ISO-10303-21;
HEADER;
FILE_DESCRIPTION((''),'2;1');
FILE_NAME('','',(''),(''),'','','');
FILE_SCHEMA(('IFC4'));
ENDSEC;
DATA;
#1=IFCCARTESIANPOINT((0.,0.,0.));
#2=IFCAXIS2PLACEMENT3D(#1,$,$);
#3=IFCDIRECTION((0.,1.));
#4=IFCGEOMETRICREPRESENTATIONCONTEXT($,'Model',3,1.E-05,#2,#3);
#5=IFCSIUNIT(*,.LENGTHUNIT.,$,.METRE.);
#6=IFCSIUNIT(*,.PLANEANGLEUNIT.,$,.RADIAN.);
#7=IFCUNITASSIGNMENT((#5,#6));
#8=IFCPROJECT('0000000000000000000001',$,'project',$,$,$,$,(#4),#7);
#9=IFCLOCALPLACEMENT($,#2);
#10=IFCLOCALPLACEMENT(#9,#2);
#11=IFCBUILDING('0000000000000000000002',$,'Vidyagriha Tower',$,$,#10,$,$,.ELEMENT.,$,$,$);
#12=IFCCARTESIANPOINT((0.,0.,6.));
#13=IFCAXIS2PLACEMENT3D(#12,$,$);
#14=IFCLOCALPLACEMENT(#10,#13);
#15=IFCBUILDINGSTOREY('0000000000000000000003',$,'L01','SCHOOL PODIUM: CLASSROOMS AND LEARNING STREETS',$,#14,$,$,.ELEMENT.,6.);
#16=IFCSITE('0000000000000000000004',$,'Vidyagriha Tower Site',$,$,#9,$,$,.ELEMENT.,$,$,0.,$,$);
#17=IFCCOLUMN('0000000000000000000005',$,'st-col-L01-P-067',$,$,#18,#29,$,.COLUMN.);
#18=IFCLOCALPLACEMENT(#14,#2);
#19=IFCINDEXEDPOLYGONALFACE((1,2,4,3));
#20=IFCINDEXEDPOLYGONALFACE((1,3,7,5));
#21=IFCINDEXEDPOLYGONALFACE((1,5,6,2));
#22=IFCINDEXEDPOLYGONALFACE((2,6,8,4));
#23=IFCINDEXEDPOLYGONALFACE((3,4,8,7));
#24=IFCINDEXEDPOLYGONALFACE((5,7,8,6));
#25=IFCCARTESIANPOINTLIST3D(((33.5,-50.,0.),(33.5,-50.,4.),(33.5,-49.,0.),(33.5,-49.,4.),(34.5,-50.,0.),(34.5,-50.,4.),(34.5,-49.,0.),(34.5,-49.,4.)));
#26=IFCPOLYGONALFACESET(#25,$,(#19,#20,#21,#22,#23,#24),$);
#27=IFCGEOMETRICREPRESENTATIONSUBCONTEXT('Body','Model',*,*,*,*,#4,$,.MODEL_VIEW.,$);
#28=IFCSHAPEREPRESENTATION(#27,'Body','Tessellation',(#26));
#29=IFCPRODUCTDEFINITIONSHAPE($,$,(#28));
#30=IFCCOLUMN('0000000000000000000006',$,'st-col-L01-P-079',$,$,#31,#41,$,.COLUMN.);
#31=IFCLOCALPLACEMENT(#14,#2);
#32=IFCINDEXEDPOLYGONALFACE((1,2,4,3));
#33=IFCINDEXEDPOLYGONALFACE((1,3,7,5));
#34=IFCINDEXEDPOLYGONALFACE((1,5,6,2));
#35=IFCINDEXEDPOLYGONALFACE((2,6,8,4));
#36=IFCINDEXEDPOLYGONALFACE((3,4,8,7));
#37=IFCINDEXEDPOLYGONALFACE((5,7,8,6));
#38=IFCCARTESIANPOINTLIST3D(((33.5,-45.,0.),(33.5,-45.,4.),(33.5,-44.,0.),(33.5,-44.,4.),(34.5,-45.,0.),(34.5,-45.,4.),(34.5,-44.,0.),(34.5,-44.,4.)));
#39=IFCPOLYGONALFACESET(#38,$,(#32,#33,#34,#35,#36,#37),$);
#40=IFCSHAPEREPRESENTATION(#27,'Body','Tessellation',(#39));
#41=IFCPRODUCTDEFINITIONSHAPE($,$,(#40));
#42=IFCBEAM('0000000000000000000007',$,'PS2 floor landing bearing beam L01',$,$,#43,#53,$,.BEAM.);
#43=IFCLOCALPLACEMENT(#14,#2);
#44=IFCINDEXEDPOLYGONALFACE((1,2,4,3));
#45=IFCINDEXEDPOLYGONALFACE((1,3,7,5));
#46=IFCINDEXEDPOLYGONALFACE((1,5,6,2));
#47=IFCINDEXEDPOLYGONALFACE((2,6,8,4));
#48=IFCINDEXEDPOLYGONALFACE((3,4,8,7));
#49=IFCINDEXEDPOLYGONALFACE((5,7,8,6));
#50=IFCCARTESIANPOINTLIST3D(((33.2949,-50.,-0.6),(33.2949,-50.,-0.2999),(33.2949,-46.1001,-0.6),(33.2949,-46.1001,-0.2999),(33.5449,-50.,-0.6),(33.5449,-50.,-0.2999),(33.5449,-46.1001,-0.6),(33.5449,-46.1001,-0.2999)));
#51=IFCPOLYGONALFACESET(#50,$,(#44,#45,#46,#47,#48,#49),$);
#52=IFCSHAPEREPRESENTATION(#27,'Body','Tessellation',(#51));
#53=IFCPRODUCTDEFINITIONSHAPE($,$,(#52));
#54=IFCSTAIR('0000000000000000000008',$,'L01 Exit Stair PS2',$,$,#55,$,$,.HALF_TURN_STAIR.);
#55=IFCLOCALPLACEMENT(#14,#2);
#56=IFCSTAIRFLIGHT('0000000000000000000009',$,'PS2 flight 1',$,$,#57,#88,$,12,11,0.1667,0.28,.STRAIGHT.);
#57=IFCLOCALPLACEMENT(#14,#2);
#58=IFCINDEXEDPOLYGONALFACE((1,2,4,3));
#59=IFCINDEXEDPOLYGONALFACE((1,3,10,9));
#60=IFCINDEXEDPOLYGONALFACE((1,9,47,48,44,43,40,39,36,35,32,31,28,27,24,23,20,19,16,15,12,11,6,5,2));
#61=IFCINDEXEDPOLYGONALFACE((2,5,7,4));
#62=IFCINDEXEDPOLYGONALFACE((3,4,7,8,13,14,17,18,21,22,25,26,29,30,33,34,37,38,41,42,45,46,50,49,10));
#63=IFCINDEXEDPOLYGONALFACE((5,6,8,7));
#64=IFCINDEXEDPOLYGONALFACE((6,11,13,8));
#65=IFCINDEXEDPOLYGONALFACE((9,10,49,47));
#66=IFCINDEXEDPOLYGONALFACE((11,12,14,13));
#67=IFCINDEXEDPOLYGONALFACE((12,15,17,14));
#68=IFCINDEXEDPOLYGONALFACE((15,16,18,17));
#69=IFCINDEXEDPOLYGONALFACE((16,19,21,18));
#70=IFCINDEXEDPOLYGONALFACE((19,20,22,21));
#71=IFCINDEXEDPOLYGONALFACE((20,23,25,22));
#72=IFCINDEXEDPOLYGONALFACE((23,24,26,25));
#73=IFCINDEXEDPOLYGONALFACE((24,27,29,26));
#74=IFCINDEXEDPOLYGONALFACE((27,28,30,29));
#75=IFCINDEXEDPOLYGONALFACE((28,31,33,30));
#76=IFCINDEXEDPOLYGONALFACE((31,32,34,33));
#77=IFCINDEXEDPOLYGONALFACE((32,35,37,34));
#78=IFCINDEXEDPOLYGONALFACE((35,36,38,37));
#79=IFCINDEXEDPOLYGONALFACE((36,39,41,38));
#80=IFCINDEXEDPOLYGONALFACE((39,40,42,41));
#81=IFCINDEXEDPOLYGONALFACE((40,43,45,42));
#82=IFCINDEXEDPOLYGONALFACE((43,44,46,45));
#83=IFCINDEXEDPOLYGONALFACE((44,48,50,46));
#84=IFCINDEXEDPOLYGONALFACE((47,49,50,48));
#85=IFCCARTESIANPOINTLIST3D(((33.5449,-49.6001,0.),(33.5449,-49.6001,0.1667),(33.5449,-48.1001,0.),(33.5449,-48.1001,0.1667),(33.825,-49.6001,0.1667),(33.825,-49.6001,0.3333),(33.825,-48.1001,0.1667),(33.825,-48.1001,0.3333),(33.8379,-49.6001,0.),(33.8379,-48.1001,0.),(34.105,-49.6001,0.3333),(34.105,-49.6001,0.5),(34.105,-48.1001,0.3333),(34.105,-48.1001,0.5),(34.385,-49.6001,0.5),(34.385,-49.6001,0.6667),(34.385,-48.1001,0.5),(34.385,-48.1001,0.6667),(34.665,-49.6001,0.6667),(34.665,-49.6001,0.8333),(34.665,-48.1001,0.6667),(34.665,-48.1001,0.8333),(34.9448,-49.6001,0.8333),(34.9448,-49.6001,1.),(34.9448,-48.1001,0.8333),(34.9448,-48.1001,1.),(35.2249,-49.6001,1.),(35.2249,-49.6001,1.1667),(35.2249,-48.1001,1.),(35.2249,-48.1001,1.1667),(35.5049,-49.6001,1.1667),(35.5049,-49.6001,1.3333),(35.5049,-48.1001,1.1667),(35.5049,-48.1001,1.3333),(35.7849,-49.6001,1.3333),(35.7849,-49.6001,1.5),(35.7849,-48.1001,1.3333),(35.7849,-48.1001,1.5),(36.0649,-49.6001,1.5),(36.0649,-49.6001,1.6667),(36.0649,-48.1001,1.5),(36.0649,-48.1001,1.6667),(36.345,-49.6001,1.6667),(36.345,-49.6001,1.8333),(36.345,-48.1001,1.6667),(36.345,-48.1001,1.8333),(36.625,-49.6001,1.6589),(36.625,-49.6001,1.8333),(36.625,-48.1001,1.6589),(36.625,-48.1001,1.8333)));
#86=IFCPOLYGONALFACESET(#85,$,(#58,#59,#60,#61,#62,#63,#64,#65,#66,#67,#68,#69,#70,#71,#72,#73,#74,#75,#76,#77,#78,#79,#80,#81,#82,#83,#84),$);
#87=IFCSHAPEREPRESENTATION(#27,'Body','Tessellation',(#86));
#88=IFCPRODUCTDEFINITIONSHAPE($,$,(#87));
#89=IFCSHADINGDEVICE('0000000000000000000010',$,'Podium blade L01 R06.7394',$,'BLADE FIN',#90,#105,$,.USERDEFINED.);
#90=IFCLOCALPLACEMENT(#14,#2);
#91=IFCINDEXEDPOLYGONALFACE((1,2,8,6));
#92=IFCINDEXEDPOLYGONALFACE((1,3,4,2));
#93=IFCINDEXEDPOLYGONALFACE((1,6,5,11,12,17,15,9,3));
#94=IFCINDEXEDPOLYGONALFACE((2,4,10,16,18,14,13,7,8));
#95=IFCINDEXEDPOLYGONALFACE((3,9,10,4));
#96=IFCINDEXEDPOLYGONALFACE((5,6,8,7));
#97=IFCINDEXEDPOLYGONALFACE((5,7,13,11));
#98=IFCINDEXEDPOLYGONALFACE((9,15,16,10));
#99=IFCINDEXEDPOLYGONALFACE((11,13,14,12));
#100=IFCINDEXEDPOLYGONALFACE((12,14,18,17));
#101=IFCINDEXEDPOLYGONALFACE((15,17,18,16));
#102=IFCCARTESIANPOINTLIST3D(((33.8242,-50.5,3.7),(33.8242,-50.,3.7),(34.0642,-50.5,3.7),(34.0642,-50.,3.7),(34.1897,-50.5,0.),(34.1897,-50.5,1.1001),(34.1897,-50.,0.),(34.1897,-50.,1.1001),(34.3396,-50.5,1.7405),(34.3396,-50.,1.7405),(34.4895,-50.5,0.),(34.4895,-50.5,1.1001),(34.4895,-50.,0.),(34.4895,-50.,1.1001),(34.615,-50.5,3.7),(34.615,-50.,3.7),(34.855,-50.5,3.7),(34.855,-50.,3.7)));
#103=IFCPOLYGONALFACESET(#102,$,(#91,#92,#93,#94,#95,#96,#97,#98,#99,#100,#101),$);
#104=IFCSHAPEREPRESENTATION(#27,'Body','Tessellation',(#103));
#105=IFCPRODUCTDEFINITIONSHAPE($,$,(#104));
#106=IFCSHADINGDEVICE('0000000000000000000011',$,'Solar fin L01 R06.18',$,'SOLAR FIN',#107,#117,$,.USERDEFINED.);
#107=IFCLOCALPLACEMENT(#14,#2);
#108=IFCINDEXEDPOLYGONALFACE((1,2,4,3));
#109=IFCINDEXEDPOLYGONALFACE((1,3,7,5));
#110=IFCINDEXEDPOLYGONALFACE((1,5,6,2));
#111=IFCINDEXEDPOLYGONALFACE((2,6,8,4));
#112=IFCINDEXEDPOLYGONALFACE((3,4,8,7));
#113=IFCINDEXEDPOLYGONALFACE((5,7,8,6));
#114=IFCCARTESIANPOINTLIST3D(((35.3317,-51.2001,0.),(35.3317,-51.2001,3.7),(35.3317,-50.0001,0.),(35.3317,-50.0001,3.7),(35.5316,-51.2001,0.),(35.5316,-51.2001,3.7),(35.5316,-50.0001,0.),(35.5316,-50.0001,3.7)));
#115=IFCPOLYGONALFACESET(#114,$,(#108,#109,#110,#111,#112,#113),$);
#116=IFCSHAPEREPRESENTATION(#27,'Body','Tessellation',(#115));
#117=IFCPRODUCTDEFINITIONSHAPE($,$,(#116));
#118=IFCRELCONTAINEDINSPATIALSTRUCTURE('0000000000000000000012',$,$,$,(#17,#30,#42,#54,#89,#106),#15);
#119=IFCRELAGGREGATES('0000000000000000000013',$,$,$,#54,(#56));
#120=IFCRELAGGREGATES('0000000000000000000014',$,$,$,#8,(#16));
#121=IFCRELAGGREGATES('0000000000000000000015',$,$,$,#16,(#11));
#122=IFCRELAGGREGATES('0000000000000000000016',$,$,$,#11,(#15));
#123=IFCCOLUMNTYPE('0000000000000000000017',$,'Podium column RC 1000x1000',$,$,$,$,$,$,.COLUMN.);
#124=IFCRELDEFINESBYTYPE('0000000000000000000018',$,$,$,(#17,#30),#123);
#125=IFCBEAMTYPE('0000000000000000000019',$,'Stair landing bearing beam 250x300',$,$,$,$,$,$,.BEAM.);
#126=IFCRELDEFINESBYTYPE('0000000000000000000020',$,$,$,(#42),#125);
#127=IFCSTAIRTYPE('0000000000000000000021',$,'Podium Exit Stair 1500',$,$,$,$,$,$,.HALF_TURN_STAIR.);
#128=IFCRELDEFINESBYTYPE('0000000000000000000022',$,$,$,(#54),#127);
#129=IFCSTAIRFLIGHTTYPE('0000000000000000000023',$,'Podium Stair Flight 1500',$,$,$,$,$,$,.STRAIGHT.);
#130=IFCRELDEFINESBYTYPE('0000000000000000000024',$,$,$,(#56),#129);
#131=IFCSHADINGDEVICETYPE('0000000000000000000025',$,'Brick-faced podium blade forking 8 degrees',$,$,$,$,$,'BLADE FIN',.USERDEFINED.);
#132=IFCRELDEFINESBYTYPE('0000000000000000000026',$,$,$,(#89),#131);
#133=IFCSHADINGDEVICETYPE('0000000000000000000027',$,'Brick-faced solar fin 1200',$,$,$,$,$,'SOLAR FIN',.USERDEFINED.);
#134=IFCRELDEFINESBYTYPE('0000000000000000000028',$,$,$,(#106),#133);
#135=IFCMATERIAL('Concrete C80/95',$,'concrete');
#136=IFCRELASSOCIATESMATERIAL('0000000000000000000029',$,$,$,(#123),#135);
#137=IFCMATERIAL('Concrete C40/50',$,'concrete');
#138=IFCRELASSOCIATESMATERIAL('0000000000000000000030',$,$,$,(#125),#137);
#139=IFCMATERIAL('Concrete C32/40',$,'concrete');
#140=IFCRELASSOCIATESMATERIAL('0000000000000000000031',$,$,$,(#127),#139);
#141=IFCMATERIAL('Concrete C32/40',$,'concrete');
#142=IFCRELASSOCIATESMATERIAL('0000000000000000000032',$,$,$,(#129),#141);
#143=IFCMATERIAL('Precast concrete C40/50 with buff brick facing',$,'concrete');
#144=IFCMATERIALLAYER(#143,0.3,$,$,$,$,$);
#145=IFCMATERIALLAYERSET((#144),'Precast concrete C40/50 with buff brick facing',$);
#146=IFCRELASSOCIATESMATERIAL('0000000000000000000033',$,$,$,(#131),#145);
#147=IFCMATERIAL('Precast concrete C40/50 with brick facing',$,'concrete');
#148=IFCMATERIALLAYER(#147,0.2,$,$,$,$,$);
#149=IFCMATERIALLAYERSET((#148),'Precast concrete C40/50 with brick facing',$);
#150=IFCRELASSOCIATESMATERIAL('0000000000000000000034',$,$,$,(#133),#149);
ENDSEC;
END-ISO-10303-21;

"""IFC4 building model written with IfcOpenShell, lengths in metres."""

from ifc_helpers import new_model, si_unit, direction, frame, frame_2d, origin, origin_2d, place, context, subcontext, project, spatial, polyline, rectangle, outline, extrude, material, layer, layer_set, material_profile, profile_set, type_object, element, aggregate, save


model = new_model("IFC4")

# Units and contexts
model_context = context("Model", 3, precision=1e-05, world=origin(), true_north=direction((0.0, 1.0)))
body_context = subcontext(model_context, "Body", "Model", "MODEL_VIEW")
ifc_project = project(units=[si_unit("LENGTHUNIT", "METRE"), si_unit("PLANEANGLEUNIT", "RADIAN")], contexts=[model_context])

# Site, building, storey
site_placement = place(None, origin())
site = spatial("IfcSite", under=ifc_project, at=site_placement, Name="Vidyagriha Tower Site", CompositionType="ELEMENT", RefElevation=0.0)
building_placement = place(site_placement, origin())
building = spatial("IfcBuilding", under=site, at=building_placement, Name="Vidyagriha Tower", CompositionType="ELEMENT")
storey_placement = place(building_placement, frame((0.0, 0.0, 6.0)))
storey = spatial("IfcBuildingStorey", under=building, at=storey_placement, Name="L01", Description="SCHOOL PODIUM: CLASSROOMS AND LEARNING STREETS", CompositionType="ELEMENT", Elevation=6.0)

# Columns
ifc_material_1 = material(Name="Concrete C80/95", Category="concrete")
ifc_material_profile_1 = material_profile(ifc_material_1, rectangle(XDim=1.0, YDim=1.0, at=origin_2d()), Name="RC 1000x1000")
ifc_profile_set_1 = profile_set([ifc_material_profile_1], Name="Concrete C80/95")
column_type = type_object("IfcColumnType", Name="Podium column RC 1000x1000", PredefinedType="COLUMN", material=ifc_profile_set_1)
for number, where, name in (
    (1, (34.0, -49.5, 0.0), "st-col-L01-P-067"),
    (2, (34.0, -44.5, 0.0), "st-col-L01-P-079"),
):
    element("IfcColumn", number, at=place(storey_placement, frame(where)), inside=storey, type_object=column_type, Name=name, PredefinedType="COLUMN", context=body_context, shape_type="SweptSolid", body=[
        extrude(rectangle(XDim=1.0, YDim=1.0, at=origin_2d()), origin(), (0.0, 0.0, 1.0), 4.0),
    ])

# Beam
ifc_material_2 = material(Name="Concrete C40/50", Category="concrete")
ifc_material_profile_2 = material_profile(ifc_material_2, rectangle(XDim=0.25, YDim=0.3, at=origin_2d()), Name="Stair landing bearing beam 250x300")
ifc_profile_set_2 = profile_set([ifc_material_profile_2], Name="Concrete C40/50")
beam_type = type_object("IfcBeamType", Name="Stair landing bearing beam 250x300", PredefinedType="BEAM", material=ifc_profile_set_2)
beam_placement = place(storey_placement, frame((33.4199, -50.0, -0.45), z_axis=(0.0, 1.0, 0.0), x_axis=(-1.0, 0.0, 0.0)))
element("IfcBeam", 3, at=beam_placement, inside=storey, type_object=beam_type, Name="PS2 floor landing bearing beam L01", PredefinedType="BEAM", context=body_context, shape_type="SweptSolid", body=[
    extrude(rectangle(XDim=0.25, YDim=0.3, at=origin_2d()), origin(), (0.0, 0.0, 1.0), 3.8999),
])

# Stair, stair flight
ifc_material_3 = material(Name="Concrete C32/40", Category="concrete")
stair_type = type_object("IfcStairType", Name="Podium Exit Stair 1500", PredefinedType="HALF_TURN_STAIR", material=ifc_material_3)
stair_placement = place(storey_placement, origin())
stair = element("IfcStair", 4, at=stair_placement, inside=storey, type_object=stair_type, Name="L01 Exit Stair PS2", PredefinedType="HALF_TURN_STAIR")
ifc_material_4 = material(Name="Concrete C32/40", Category="concrete")
stair_flight_type = type_object("IfcStairFlightType", Name="Podium Stair Flight 1500", PredefinedType="STRAIGHT", material=ifc_material_4)
stair_flight_placement = place(storey_placement, frame((33.5449, -48.8501, 0.0)))
stair_flight = element("IfcStairFlight", 5, at=stair_flight_placement, type_object=stair_flight_type, Name="PS2 flight 1", NumberOfRisers=12, NumberOfTreads=11, PredefinedType="STRAIGHT", RiserHeight=0.1667, TreadLength=0.28, context=body_context, shape_type="SweptSolid", body=[
    extrude(outline(polyline([(0.0, 0.0), (0.0, 0.1667), (0.28, 0.1667), (0.28, 0.3333), (0.5601, 0.3333), (0.5601, 0.5), (0.8401, 0.5), (0.8401, 0.6667), (1.1201, 0.6667), (1.1201, 0.8333), (1.3999, 0.8333), (1.3999, 1.0), (1.6799, 1.0), (1.6799, 1.1667), (1.96, 1.1667), (1.96, 1.3333), (2.24, 1.3333), (2.24, 1.5), (2.52, 1.5), (2.52, 1.6667), (2.8, 1.6667), (2.8, 1.8333), (3.0801, 1.8333), (3.0801, 2.0), (3.0801, 1.6589), (0.293, 0.0), (0.0, 0.0)])), frame((0.0, 0.75, 0.0), z_axis=(0.0, -1.0, 0.0), x_axis=(1.0, 0.0, 0.0)), (0.0, 0.0, 1.0), 1.5),
])
aggregate(stair, [stair_flight])

# Shading devices
ifc_material_5 = material(Name="Precast concrete C40/50 with buff brick facing", Category="concrete")
ifc_layer_1 = layer(ifc_material_5, 0.3)
ifc_layer_set_1 = layer_set([ifc_layer_1], Name="Precast concrete C40/50 with buff brick facing")
shading_device_type_1 = type_object("IfcShadingDeviceType", Name="Brick-faced podium blade forking 8 degrees", ElementType="BLADE FIN", PredefinedType="USERDEFINED", material=ifc_layer_set_1)
shading_device_1_placement = place(storey_placement, frame((33.8242, -50.25, 0.0)))
element("IfcShadingDevice", 6, at=shading_device_1_placement, inside=storey, type_object=shading_device_type_1, Name="Podium blade L01 R06.7394", ObjectType="BLADE FIN", PredefinedType="USERDEFINED", context=body_context, shape_type="SweptSolid", body=[
    extrude(outline(polyline([(0.6653, 0.0), (0.6653, 1.1001), (1.0308, 3.7), (0.7908, 3.7), (0.5154, 1.7405), (0.24, 3.7), (0.0, 3.7), (0.3655, 1.1001), (0.3655, 0.0), (0.6653, 0.0)])), frame((0.0, 0.25, 0.0), z_axis=(0.0, -1.0, 0.0), x_axis=(1.0, 0.0, 0.0)), (0.0, 0.0, 1.0), 0.5),
])
ifc_material_6 = material(Name="Precast concrete C40/50 with brick facing", Category="concrete")
ifc_layer_2 = layer(ifc_material_6, 0.2)
ifc_layer_set_2 = layer_set([ifc_layer_2], Name="Precast concrete C40/50 with brick facing")
shading_device_type_2 = type_object("IfcShadingDeviceType", Name="Brick-faced solar fin 1200", ElementType="SOLAR FIN", PredefinedType="USERDEFINED", material=ifc_layer_set_2)
shading_device_2_placement = place(storey_placement, frame((35.4316, -50.0, 0.0), z_axis=(0.0, 0.0, 1.0), x_axis=(0.0, -1.0, 0.0)))
element("IfcShadingDevice", 7, at=shading_device_2_placement, inside=storey, type_object=shading_device_type_2, Name="Solar fin L01 R06.18", ObjectType="SOLAR FIN", PredefinedType="USERDEFINED", context=body_context, shape_type="SweptSolid", body=[
    extrude(rectangle(XDim=1.2, YDim=0.2, at=frame_2d((0.6001, 0.0))), origin(), (0.0, 0.0, 1.0), 3.7),
])

save(model, "model.ifc")
